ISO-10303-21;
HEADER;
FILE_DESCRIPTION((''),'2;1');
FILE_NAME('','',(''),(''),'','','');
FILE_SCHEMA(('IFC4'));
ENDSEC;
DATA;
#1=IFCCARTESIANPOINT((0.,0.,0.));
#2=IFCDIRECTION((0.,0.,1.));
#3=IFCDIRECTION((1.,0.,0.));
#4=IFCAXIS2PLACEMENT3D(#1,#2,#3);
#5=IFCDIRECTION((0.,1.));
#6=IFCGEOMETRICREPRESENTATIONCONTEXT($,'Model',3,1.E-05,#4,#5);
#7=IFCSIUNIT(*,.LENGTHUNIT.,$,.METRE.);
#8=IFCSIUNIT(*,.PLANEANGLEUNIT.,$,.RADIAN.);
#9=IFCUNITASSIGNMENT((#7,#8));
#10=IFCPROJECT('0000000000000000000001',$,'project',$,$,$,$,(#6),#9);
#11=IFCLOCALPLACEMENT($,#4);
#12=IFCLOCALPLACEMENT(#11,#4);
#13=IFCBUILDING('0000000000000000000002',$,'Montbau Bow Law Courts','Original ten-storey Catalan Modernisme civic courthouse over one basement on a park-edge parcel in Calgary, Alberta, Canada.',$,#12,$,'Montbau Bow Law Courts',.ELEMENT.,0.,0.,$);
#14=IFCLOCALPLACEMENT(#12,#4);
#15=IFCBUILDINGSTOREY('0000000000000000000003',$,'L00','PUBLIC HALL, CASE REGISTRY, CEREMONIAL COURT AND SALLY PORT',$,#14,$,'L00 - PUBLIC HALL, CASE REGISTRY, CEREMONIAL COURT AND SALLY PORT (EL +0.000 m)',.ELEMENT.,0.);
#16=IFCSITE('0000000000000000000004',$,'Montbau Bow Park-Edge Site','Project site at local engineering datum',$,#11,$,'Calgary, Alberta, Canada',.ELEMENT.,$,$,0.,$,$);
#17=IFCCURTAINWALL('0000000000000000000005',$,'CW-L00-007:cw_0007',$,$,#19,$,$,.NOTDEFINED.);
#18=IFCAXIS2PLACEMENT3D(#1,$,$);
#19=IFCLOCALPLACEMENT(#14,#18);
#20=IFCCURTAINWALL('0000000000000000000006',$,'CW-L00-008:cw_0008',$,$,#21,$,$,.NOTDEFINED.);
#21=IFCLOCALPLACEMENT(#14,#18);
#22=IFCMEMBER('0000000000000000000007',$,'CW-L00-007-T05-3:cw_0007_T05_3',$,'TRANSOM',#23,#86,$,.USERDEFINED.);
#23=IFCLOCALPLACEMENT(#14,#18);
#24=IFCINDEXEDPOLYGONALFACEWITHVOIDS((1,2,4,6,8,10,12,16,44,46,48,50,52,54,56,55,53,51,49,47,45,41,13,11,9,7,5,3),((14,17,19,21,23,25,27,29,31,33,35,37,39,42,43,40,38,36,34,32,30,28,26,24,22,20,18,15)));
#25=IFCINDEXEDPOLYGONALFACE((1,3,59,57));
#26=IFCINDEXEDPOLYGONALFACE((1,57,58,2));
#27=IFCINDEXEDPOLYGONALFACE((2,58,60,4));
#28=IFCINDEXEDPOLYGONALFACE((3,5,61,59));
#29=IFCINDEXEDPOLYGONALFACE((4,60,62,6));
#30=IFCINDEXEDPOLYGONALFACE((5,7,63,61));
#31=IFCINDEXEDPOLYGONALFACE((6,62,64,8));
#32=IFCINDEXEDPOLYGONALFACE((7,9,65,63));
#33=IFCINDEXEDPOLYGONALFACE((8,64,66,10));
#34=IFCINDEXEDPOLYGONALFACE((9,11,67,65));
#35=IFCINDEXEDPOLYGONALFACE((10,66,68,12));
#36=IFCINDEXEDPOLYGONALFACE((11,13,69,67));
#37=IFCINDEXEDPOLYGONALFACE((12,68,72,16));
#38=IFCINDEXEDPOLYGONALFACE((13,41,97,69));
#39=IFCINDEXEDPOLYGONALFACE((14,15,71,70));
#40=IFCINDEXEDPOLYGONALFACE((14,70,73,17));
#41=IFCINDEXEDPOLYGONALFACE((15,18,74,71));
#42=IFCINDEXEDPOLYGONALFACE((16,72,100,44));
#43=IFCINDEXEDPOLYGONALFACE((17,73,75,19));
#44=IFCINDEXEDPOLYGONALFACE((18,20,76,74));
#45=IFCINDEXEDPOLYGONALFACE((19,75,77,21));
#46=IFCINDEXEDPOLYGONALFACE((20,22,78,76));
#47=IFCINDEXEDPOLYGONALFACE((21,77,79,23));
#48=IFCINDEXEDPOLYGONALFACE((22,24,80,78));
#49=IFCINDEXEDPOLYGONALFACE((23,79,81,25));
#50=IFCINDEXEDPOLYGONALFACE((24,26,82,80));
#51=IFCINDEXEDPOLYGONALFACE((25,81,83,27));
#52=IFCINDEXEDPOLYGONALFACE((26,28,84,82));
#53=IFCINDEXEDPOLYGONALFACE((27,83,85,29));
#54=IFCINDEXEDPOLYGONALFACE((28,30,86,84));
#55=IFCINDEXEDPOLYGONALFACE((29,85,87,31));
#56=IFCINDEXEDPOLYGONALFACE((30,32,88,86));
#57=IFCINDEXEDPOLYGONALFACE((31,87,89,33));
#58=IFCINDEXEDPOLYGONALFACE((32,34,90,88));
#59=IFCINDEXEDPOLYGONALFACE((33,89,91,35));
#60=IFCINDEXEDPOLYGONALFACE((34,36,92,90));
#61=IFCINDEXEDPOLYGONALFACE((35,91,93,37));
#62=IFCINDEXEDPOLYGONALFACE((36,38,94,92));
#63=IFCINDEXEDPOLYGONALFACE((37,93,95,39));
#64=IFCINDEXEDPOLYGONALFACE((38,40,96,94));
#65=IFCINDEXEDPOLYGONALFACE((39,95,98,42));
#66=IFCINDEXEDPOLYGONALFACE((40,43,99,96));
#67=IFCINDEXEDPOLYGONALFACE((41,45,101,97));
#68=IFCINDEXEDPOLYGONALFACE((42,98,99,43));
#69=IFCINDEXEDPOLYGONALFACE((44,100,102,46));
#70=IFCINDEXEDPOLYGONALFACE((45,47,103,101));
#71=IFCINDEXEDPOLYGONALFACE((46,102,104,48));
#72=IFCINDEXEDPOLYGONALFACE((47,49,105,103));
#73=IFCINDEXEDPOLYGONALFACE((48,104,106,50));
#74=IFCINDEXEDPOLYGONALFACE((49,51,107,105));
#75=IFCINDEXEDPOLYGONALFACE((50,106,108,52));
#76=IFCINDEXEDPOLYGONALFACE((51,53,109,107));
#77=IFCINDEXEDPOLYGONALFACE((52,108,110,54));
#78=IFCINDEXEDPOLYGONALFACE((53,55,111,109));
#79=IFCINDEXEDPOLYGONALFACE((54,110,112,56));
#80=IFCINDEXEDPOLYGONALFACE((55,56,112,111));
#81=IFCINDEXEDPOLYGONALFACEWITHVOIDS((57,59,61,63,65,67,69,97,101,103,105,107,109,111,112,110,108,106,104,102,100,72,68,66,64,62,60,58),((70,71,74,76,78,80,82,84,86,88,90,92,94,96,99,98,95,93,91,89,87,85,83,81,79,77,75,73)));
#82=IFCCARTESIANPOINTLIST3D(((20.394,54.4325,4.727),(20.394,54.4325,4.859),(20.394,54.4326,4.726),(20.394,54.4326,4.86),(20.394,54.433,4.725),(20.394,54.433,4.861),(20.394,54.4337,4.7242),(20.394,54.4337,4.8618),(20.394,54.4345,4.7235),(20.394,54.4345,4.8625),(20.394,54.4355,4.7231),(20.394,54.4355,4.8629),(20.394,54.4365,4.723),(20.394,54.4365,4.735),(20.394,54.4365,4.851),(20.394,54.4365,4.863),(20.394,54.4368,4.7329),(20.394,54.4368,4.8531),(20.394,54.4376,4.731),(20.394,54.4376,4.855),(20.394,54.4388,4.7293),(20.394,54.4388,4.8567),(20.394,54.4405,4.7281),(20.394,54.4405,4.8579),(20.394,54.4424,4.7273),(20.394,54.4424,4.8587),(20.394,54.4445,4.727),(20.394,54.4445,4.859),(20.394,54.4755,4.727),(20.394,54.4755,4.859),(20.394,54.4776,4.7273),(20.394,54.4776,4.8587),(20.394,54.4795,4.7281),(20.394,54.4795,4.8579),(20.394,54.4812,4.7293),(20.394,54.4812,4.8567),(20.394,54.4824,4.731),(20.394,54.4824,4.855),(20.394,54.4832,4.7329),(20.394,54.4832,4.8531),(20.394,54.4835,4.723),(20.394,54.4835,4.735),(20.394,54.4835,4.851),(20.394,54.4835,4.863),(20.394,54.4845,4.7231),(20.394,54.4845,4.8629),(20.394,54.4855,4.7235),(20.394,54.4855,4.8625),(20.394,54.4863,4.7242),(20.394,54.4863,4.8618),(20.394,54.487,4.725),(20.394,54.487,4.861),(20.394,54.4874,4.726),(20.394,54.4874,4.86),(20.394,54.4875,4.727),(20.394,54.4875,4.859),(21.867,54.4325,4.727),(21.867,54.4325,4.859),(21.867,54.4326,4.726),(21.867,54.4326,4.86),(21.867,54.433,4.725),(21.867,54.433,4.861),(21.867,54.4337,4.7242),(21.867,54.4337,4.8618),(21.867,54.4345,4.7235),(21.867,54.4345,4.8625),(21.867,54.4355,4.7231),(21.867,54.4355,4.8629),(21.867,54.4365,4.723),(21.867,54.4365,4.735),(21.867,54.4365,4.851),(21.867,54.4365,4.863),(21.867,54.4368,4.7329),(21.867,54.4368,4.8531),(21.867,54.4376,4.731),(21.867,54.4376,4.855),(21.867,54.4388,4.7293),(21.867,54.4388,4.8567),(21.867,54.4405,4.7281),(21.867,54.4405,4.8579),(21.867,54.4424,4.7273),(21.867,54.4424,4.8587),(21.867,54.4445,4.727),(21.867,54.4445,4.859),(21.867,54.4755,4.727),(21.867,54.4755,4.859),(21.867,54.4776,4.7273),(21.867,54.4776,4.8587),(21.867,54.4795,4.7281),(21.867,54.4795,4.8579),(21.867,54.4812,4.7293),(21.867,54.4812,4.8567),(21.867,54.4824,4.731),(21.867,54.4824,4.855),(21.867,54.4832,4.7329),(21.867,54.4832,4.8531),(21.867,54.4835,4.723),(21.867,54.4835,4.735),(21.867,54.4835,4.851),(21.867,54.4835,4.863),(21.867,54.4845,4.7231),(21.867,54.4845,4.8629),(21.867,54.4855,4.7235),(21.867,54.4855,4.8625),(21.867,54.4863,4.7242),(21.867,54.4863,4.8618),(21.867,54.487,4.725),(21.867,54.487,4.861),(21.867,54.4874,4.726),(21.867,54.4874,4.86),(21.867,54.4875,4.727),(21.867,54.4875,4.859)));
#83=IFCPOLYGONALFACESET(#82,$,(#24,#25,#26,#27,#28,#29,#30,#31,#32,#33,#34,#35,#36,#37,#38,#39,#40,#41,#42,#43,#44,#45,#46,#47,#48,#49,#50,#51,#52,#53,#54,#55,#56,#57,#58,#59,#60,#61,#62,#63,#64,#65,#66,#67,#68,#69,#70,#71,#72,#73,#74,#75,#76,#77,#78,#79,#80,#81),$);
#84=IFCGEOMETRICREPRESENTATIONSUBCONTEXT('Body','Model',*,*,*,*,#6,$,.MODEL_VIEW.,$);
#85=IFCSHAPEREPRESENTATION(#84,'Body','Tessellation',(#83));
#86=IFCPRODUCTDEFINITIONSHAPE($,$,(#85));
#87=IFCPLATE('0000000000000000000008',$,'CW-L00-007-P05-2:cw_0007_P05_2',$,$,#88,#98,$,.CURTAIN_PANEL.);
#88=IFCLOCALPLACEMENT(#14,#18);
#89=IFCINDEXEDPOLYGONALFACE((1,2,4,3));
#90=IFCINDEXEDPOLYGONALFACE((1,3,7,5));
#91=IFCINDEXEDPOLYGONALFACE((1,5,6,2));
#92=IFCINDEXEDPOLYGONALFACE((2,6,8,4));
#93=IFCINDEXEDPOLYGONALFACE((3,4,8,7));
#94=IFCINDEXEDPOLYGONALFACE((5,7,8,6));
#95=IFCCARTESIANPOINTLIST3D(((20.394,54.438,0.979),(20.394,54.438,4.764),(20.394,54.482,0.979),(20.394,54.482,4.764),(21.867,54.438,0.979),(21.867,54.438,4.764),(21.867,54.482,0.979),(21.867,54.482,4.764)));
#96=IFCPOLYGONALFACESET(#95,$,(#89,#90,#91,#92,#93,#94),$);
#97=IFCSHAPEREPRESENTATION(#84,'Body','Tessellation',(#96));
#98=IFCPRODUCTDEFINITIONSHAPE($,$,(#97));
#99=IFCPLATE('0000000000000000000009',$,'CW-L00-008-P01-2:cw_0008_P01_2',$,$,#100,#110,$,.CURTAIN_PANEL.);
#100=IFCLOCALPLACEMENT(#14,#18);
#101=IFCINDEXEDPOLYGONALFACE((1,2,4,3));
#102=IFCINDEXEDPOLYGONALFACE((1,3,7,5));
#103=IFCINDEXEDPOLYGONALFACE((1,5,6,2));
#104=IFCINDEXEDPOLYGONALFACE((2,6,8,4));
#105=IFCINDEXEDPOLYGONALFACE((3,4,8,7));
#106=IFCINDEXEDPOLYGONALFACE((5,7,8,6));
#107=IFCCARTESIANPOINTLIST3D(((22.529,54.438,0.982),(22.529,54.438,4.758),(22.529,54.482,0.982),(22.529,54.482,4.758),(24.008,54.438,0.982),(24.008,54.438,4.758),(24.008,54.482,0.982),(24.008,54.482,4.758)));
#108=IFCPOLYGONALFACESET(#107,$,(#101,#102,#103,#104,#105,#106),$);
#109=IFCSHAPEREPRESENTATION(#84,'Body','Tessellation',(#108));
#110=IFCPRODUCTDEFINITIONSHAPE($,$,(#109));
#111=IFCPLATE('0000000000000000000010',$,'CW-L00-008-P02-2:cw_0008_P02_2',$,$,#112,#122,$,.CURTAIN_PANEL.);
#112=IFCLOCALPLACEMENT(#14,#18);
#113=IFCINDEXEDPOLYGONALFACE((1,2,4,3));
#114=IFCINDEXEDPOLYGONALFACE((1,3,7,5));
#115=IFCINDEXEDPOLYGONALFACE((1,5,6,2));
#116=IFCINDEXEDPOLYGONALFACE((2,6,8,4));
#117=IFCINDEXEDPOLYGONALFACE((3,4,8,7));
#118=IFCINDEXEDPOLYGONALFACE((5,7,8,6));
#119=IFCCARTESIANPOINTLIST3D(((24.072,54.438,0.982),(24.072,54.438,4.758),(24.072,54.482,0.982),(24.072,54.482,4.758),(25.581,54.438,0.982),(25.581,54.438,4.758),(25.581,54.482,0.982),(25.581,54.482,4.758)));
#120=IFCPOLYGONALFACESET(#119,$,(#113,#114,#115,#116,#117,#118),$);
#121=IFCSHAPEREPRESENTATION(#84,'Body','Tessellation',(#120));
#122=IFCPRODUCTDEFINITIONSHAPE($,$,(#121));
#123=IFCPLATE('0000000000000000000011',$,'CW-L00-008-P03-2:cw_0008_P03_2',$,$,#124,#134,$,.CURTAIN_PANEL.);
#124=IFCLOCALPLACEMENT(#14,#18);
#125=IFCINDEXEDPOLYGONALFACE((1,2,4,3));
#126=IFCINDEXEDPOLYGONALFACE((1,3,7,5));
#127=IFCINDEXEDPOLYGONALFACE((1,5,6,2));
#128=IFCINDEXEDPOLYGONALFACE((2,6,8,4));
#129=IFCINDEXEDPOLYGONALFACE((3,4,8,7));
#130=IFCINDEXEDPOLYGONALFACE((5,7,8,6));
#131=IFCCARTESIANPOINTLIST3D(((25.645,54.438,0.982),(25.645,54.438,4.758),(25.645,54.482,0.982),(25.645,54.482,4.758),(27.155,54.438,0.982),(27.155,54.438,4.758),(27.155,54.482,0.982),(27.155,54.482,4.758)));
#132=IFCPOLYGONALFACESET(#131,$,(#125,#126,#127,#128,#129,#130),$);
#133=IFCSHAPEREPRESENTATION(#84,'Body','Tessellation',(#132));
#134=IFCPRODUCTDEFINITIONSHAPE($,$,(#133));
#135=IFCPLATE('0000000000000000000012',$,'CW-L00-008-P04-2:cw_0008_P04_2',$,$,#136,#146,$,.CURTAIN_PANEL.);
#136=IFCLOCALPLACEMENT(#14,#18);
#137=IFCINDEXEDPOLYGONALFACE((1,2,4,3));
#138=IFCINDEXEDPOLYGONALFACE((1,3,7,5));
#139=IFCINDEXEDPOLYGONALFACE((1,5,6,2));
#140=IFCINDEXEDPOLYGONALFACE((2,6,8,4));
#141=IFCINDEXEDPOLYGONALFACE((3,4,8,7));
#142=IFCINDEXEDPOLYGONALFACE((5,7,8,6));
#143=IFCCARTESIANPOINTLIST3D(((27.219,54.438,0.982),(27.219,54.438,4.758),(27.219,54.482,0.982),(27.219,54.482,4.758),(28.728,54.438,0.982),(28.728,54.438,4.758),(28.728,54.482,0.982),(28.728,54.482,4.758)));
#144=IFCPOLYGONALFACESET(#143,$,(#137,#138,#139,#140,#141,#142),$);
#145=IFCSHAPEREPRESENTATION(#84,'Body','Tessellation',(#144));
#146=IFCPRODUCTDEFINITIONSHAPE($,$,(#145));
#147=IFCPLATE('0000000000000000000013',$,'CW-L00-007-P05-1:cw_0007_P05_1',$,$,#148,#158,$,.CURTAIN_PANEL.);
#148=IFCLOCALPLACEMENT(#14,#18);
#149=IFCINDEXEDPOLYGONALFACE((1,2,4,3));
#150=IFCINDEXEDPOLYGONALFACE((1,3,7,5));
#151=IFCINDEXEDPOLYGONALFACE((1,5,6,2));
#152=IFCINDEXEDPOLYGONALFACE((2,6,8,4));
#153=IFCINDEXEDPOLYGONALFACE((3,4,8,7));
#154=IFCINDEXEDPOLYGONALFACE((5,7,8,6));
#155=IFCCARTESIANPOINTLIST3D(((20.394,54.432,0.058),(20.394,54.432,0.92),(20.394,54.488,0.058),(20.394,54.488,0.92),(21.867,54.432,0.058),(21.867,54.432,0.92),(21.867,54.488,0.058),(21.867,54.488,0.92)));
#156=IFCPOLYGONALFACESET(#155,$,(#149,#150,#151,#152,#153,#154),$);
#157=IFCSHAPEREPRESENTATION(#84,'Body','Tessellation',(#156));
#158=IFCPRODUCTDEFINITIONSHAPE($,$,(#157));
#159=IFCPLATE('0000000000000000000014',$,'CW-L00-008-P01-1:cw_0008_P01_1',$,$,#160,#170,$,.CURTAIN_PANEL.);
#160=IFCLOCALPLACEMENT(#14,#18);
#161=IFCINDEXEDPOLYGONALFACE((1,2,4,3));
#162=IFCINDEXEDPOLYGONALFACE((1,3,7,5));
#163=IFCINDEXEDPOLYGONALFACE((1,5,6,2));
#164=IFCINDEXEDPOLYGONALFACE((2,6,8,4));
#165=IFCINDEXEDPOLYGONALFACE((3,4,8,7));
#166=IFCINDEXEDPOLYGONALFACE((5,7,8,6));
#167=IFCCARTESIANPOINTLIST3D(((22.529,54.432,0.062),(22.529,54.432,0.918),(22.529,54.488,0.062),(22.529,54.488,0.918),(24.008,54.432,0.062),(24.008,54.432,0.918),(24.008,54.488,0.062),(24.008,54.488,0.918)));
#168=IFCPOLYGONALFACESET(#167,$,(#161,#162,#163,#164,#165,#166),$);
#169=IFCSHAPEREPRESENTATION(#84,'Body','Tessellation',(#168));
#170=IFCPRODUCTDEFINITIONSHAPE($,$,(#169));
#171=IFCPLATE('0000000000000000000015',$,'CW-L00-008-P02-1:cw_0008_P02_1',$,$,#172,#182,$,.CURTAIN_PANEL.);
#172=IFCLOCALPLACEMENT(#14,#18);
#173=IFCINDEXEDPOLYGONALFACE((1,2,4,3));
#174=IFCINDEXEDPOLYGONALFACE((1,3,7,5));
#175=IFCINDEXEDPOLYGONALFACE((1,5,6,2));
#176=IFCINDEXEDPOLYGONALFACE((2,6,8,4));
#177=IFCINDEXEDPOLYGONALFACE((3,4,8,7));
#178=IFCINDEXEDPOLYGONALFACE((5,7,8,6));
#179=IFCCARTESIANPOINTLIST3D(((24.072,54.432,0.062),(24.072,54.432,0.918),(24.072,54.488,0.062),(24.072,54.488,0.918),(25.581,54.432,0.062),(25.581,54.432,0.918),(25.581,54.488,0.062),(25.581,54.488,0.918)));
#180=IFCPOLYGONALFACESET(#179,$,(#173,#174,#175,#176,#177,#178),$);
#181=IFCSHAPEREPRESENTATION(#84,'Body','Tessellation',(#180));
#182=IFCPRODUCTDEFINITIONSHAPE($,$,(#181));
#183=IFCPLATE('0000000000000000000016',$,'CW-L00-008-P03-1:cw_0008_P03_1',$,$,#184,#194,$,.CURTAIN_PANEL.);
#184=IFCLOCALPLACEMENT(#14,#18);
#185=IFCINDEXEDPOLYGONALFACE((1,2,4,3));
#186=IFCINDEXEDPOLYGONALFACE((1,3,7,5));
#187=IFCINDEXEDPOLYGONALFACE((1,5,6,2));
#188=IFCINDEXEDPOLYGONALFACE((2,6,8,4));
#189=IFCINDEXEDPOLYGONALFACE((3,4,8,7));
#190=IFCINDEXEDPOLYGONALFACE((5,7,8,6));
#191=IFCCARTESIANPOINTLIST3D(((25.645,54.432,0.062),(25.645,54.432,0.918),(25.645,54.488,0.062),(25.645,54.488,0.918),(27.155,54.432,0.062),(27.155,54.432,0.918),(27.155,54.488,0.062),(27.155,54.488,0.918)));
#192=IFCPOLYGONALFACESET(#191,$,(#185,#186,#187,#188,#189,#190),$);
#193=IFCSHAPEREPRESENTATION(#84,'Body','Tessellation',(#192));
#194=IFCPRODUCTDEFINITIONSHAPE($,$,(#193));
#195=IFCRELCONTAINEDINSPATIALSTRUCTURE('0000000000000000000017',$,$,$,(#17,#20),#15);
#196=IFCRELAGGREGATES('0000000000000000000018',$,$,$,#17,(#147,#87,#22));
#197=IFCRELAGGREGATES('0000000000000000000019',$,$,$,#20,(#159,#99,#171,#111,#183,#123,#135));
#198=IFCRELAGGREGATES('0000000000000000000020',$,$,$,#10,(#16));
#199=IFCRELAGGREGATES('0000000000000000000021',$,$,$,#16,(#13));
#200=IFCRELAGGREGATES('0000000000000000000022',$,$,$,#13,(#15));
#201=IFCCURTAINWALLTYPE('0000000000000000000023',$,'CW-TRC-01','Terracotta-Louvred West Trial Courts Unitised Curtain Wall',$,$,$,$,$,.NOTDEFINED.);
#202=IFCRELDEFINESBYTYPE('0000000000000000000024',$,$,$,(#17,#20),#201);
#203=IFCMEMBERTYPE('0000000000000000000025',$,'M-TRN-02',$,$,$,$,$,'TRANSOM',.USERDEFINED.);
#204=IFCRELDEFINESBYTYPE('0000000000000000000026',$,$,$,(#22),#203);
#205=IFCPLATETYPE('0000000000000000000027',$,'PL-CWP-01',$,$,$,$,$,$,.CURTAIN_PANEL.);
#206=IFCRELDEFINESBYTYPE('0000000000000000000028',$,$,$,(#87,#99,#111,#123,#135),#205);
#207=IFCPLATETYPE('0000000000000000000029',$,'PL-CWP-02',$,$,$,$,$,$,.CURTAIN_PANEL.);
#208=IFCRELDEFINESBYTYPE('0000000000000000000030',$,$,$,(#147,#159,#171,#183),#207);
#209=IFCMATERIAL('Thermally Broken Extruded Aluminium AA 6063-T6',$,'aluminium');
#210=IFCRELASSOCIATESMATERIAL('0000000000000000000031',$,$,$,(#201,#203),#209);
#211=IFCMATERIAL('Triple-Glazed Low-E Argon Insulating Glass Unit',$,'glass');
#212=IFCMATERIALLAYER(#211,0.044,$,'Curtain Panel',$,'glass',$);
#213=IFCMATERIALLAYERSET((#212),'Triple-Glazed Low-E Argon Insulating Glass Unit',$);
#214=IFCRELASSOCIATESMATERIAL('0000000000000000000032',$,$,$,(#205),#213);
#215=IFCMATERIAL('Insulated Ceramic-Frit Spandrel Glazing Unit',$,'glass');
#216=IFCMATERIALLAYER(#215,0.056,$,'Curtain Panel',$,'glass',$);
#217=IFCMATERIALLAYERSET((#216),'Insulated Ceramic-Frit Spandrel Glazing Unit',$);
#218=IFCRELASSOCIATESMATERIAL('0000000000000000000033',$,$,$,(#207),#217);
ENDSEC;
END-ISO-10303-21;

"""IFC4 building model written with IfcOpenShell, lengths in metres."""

from ifc_helpers import new_model, si_unit, direction, frame, frame_2d, origin_with_axes, origin_2d_with_axis, place, context, subcontext, project, spatial, rectangle, hollow_rectangle, extrude, material, layer, layer_set, material_profile, profile_set, type_object, element, aggregate, save


model = new_model("IFC4")

# Units and contexts
model_context = context("Model", 3, precision=1e-05, world=origin_with_axes(), true_north=direction((0.0, 1.0)))
body_context = subcontext(model_context, "Body", "Model", "MODEL_VIEW")
ifc_project = project(units=[si_unit("LENGTHUNIT", "METRE"), si_unit("PLANEANGLEUNIT", "RADIAN")], contexts=[model_context])

# Site, building, storey
site_placement = place(None, origin_with_axes())
site = spatial("IfcSite", under=ifc_project, at=site_placement, Name="Montbau Bow Park-Edge Site", Description="Project site at local engineering datum", LongName="Calgary, Alberta, Canada", CompositionType="ELEMENT", RefElevation=0.0)
building_placement = place(site_placement, origin_with_axes())
building = spatial("IfcBuilding", under=site, at=building_placement, Name="Montbau Bow Law Courts", Description="Original ten-storey Catalan Modernisme civic courthouse over one basement on a park-edge parcel in Calgary, Alberta, Canada.", LongName="Montbau Bow Law Courts", CompositionType="ELEMENT", ElevationOfRefHeight=0.0, ElevationOfTerrain=0.0)
storey_placement = place(building_placement, origin_with_axes())
storey = spatial("IfcBuildingStorey", under=building, at=storey_placement, Name="L00", Description="PUBLIC HALL, CASE REGISTRY, CEREMONIAL COURT AND SALLY PORT", LongName="L00 - PUBLIC HALL, CASE REGISTRY, CEREMONIAL COURT AND SALLY PORT (EL +0.000 m)", CompositionType="ELEMENT", Elevation=0.0)

# Curtain walls
ifc_material_1 = material(Name="Thermally Broken Extruded Aluminium AA 6063-T6", Category="aluminium")
curtain_wall_type = type_object("IfcCurtainWallType", Name="CW-TRC-01", Description="Terracotta-Louvred West Trial Courts Unitised Curtain Wall", PredefinedType="NOTDEFINED", material=ifc_material_1)
curtain_wall_1_placement = place(None, frame((14.068, 54.46, 0.0), z_axis=(0.0, 0.0, 1.0), x_axis=(1.0, 0.0, 0.0)))
curtain_wall_1 = element("IfcCurtainWall", 1, at=curtain_wall_1_placement, inside=storey, type_object=curtain_wall_type, Name="CW-L00-007:cw_0007", PredefinedType="NOTDEFINED")
curtain_wall_2_placement = place(None, frame((22.467, 54.46, 0.0), z_axis=(0.0, 0.0, 1.0), x_axis=(1.0, 0.0, 0.0)))
curtain_wall_2 = element("IfcCurtainWall", 2, at=curtain_wall_2_placement, inside=storey, type_object=curtain_wall_type, Name="CW-L00-008:cw_0008", PredefinedType="NOTDEFINED")

# Member
ifc_material_profile_1 = material_profile(ifc_material_1, hollow_rectangle(XDim=0.055, YDim=0.14, WallThickness=0.004, InnerFilletRadius=0.008, OuterFilletRadius=0.004, at=origin_2d_with_axis()), Name="CWT-140X55", Category="Main", Priority=0)
ifc_profile_set_1 = profile_set([ifc_material_profile_1], Name="Thermally Broken Extruded Aluminium AA 6063-T6")
member_type_1 = type_object("IfcMemberType", Name="M-TRN-02", ElementType="TRANSOM", PredefinedType="USERDEFINED", material=ifc_profile_set_1)
member_1_placement = place(None, frame((20.394, 54.46, 4.793), z_axis=(1.0, 0.0, 0.0), x_axis=(0.0, 1.0, 0.0)))
member_1 = element("IfcMember", 3, at=member_1_placement, type_object=member_type_1, Name="CW-L00-007-T05-3:cw_0007_T05_3", ObjectType="TRANSOM", PredefinedType="USERDEFINED", context=body_context, shape_type="SweptSolid", body=[
    extrude(hollow_rectangle(XDim=0.055, YDim=0.14, WallThickness=0.004, InnerFilletRadius=0.008, OuterFilletRadius=0.004, at=origin_2d_with_axis()), origin_with_axes(), (0.0, 0.0, 1.0), 1.473),
])

# Plates
ifc_material_2 = material(Name="Triple-Glazed Low-E Argon Insulating Glass Unit", Category="glass")
ifc_layer_1 = layer(ifc_material_2, 0.044, Name="Curtain Panel", Category="glass")
ifc_layer_set_1 = layer_set([ifc_layer_1], Name="Triple-Glazed Low-E Argon Insulating Glass Unit")
plate_type_1 = type_object("IfcPlateType", Name="PL-CWP-01", PredefinedType="CURTAIN_PANEL", material=ifc_layer_set_1)
plate_1_placement = place(None, frame((20.394, 54.46, 0.979), z_axis=(0.0, -1.0, 0.0), x_axis=(1.0, 0.0, 0.0)))
plate_1 = element("IfcPlate", 4, at=plate_1_placement, type_object=plate_type_1, Name="CW-L00-007-P05-2:cw_0007_P05_2", PredefinedType="CURTAIN_PANEL", context=body_context, shape_type="SweptSolid", body=[
    extrude(rectangle(XDim=1.473, YDim=3.785, at=frame_2d((0.7365, 1.8925), x_axis=(1.0, 0.0))), frame((0.0, 0.0, -0.022), z_axis=(0.0, 0.0, 1.0), x_axis=(1.0, 0.0, 0.0)), (0.0, 0.0, 1.0), 0.044),
])
plate_2_placement = place(None, frame((22.529, 54.46, 0.982), z_axis=(0.0, -1.0, 0.0), x_axis=(1.0, 0.0, 0.0)))
plate_2 = element("IfcPlate", 5, at=plate_2_placement, type_object=plate_type_1, Name="CW-L00-008-P01-2:cw_0008_P01_2", PredefinedType="CURTAIN_PANEL", context=body_context, shape_type="SweptSolid", body=[
    extrude(rectangle(XDim=1.479, YDim=3.776, at=frame_2d((0.7395, 1.888), x_axis=(1.0, 0.0))), frame((0.0, 0.0, -0.022), z_axis=(0.0, 0.0, 1.0), x_axis=(1.0, 0.0, 0.0)), (0.0, 0.0, 1.0), 0.044),
])
plate_3_placement = place(None, frame((24.072, 54.46, 0.982), z_axis=(0.0, -1.0, 0.0), x_axis=(1.0, 0.0, 0.0)))
plate_3 = element("IfcPlate", 6, at=plate_3_placement, type_object=plate_type_1, Name="CW-L00-008-P02-2:cw_0008_P02_2", PredefinedType="CURTAIN_PANEL", context=body_context, shape_type="SweptSolid", body=[
    extrude(rectangle(XDim=1.509, YDim=3.776, at=frame_2d((0.7545, 1.888), x_axis=(1.0, 0.0))), frame((0.0, 0.0, -0.022), z_axis=(0.0, 0.0, 1.0), x_axis=(1.0, 0.0, 0.0)), (0.0, 0.0, 1.0), 0.044),
])
plate_4_placement = place(None, frame((25.645, 54.46, 0.982), z_axis=(0.0, -1.0, 0.0), x_axis=(1.0, 0.0, 0.0)))
plate_4 = element("IfcPlate", 7, at=plate_4_placement, type_object=plate_type_1, Name="CW-L00-008-P03-2:cw_0008_P03_2", PredefinedType="CURTAIN_PANEL", context=body_context, shape_type="SweptSolid", body=[
    extrude(rectangle(XDim=1.51, YDim=3.776, at=frame_2d((0.755, 1.888), x_axis=(1.0, 0.0))), frame((0.0, 0.0, -0.022), z_axis=(0.0, 0.0, 1.0), x_axis=(1.0, 0.0, 0.0)), (0.0, 0.0, 1.0), 0.044),
])
plate_5_placement = place(None, frame((27.219, 54.46, 0.982), z_axis=(0.0, -1.0, 0.0), x_axis=(1.0, 0.0, 0.0)))
plate_5 = element("IfcPlate", 8, at=plate_5_placement, type_object=plate_type_1, Name="CW-L00-008-P04-2:cw_0008_P04_2", PredefinedType="CURTAIN_PANEL", context=body_context, shape_type="SweptSolid", body=[
    extrude(rectangle(XDim=1.509, YDim=3.776, at=frame_2d((0.7545, 1.888), x_axis=(1.0, 0.0))), frame((0.0, 0.0, -0.022), z_axis=(0.0, 0.0, 1.0), x_axis=(1.0, 0.0, 0.0)), (0.0, 0.0, 1.0), 0.044),
])
ifc_material_3 = material(Name="Insulated Ceramic-Frit Spandrel Glazing Unit", Category="glass")
ifc_layer_2 = layer(ifc_material_3, 0.056, Name="Curtain Panel", Category="glass")
ifc_layer_set_2 = layer_set([ifc_layer_2], Name="Insulated Ceramic-Frit Spandrel Glazing Unit")
plate_type_2 = type_object("IfcPlateType", Name="PL-CWP-02", PredefinedType="CURTAIN_PANEL", material=ifc_layer_set_2)
plate_6_placement = place(None, frame((20.394, 54.46, 0.058), z_axis=(0.0, -1.0, 0.0), x_axis=(1.0, 0.0, 0.0)))
plate_6 = element("IfcPlate", 9, at=plate_6_placement, type_object=plate_type_2, Name="CW-L00-007-P05-1:cw_0007_P05_1", PredefinedType="CURTAIN_PANEL", context=body_context, shape_type="SweptSolid", body=[
    extrude(rectangle(XDim=1.473, YDim=0.862, at=frame_2d((0.7365, 0.431), x_axis=(1.0, 0.0))), frame((0.0, 0.0, -0.028), z_axis=(0.0, 0.0, 1.0), x_axis=(1.0, 0.0, 0.0)), (0.0, 0.0, 1.0), 0.056),
])
aggregate(curtain_wall_1, [plate_6, plate_1, member_1])
plate_7_placement = place(None, frame((22.529, 54.46, 0.062), z_axis=(0.0, -1.0, 0.0), x_axis=(1.0, 0.0, 0.0)))
plate_7 = element("IfcPlate", 10, at=plate_7_placement, type_object=plate_type_2, Name="CW-L00-008-P01-1:cw_0008_P01_1", PredefinedType="CURTAIN_PANEL", context=body_context, shape_type="SweptSolid", body=[
    extrude(rectangle(XDim=1.479, YDim=0.856, at=frame_2d((0.7395, 0.428), x_axis=(1.0, 0.0))), frame((0.0, 0.0, -0.028), z_axis=(0.0, 0.0, 1.0), x_axis=(1.0, 0.0, 0.0)), (0.0, 0.0, 1.0), 0.056),
])
plate_8_placement = place(None, frame((24.072, 54.46, 0.062), z_axis=(0.0, -1.0, 0.0), x_axis=(1.0, 0.0, 0.0)))
plate_8 = element("IfcPlate", 11, at=plate_8_placement, type_object=plate_type_2, Name="CW-L00-008-P02-1:cw_0008_P02_1", PredefinedType="CURTAIN_PANEL", context=body_context, shape_type="SweptSolid", body=[
    extrude(rectangle(XDim=1.509, YDim=0.856, at=frame_2d((0.7545, 0.428), x_axis=(1.0, 0.0))), frame((0.0, 0.0, -0.028), z_axis=(0.0, 0.0, 1.0), x_axis=(1.0, 0.0, 0.0)), (0.0, 0.0, 1.0), 0.056),
])
plate_9_placement = place(None, frame((25.645, 54.46, 0.062), z_axis=(0.0, -1.0, 0.0), x_axis=(1.0, 0.0, 0.0)))
plate_9 = element("IfcPlate", 12, at=plate_9_placement, type_object=plate_type_2, Name="CW-L00-008-P03-1:cw_0008_P03_1", PredefinedType="CURTAIN_PANEL", context=body_context, shape_type="SweptSolid", body=[
    extrude(rectangle(XDim=1.51, YDim=0.856, at=frame_2d((0.755, 0.428), x_axis=(1.0, 0.0))), frame((0.0, 0.0, -0.028), z_axis=(0.0, 0.0, 1.0), x_axis=(1.0, 0.0, 0.0)), (0.0, 0.0, 1.0), 0.056),
])
aggregate(curtain_wall_2, [plate_7, plate_2, plate_8, plate_3, plate_9, plate_4, plate_5])

save(model, "model.ifc")
